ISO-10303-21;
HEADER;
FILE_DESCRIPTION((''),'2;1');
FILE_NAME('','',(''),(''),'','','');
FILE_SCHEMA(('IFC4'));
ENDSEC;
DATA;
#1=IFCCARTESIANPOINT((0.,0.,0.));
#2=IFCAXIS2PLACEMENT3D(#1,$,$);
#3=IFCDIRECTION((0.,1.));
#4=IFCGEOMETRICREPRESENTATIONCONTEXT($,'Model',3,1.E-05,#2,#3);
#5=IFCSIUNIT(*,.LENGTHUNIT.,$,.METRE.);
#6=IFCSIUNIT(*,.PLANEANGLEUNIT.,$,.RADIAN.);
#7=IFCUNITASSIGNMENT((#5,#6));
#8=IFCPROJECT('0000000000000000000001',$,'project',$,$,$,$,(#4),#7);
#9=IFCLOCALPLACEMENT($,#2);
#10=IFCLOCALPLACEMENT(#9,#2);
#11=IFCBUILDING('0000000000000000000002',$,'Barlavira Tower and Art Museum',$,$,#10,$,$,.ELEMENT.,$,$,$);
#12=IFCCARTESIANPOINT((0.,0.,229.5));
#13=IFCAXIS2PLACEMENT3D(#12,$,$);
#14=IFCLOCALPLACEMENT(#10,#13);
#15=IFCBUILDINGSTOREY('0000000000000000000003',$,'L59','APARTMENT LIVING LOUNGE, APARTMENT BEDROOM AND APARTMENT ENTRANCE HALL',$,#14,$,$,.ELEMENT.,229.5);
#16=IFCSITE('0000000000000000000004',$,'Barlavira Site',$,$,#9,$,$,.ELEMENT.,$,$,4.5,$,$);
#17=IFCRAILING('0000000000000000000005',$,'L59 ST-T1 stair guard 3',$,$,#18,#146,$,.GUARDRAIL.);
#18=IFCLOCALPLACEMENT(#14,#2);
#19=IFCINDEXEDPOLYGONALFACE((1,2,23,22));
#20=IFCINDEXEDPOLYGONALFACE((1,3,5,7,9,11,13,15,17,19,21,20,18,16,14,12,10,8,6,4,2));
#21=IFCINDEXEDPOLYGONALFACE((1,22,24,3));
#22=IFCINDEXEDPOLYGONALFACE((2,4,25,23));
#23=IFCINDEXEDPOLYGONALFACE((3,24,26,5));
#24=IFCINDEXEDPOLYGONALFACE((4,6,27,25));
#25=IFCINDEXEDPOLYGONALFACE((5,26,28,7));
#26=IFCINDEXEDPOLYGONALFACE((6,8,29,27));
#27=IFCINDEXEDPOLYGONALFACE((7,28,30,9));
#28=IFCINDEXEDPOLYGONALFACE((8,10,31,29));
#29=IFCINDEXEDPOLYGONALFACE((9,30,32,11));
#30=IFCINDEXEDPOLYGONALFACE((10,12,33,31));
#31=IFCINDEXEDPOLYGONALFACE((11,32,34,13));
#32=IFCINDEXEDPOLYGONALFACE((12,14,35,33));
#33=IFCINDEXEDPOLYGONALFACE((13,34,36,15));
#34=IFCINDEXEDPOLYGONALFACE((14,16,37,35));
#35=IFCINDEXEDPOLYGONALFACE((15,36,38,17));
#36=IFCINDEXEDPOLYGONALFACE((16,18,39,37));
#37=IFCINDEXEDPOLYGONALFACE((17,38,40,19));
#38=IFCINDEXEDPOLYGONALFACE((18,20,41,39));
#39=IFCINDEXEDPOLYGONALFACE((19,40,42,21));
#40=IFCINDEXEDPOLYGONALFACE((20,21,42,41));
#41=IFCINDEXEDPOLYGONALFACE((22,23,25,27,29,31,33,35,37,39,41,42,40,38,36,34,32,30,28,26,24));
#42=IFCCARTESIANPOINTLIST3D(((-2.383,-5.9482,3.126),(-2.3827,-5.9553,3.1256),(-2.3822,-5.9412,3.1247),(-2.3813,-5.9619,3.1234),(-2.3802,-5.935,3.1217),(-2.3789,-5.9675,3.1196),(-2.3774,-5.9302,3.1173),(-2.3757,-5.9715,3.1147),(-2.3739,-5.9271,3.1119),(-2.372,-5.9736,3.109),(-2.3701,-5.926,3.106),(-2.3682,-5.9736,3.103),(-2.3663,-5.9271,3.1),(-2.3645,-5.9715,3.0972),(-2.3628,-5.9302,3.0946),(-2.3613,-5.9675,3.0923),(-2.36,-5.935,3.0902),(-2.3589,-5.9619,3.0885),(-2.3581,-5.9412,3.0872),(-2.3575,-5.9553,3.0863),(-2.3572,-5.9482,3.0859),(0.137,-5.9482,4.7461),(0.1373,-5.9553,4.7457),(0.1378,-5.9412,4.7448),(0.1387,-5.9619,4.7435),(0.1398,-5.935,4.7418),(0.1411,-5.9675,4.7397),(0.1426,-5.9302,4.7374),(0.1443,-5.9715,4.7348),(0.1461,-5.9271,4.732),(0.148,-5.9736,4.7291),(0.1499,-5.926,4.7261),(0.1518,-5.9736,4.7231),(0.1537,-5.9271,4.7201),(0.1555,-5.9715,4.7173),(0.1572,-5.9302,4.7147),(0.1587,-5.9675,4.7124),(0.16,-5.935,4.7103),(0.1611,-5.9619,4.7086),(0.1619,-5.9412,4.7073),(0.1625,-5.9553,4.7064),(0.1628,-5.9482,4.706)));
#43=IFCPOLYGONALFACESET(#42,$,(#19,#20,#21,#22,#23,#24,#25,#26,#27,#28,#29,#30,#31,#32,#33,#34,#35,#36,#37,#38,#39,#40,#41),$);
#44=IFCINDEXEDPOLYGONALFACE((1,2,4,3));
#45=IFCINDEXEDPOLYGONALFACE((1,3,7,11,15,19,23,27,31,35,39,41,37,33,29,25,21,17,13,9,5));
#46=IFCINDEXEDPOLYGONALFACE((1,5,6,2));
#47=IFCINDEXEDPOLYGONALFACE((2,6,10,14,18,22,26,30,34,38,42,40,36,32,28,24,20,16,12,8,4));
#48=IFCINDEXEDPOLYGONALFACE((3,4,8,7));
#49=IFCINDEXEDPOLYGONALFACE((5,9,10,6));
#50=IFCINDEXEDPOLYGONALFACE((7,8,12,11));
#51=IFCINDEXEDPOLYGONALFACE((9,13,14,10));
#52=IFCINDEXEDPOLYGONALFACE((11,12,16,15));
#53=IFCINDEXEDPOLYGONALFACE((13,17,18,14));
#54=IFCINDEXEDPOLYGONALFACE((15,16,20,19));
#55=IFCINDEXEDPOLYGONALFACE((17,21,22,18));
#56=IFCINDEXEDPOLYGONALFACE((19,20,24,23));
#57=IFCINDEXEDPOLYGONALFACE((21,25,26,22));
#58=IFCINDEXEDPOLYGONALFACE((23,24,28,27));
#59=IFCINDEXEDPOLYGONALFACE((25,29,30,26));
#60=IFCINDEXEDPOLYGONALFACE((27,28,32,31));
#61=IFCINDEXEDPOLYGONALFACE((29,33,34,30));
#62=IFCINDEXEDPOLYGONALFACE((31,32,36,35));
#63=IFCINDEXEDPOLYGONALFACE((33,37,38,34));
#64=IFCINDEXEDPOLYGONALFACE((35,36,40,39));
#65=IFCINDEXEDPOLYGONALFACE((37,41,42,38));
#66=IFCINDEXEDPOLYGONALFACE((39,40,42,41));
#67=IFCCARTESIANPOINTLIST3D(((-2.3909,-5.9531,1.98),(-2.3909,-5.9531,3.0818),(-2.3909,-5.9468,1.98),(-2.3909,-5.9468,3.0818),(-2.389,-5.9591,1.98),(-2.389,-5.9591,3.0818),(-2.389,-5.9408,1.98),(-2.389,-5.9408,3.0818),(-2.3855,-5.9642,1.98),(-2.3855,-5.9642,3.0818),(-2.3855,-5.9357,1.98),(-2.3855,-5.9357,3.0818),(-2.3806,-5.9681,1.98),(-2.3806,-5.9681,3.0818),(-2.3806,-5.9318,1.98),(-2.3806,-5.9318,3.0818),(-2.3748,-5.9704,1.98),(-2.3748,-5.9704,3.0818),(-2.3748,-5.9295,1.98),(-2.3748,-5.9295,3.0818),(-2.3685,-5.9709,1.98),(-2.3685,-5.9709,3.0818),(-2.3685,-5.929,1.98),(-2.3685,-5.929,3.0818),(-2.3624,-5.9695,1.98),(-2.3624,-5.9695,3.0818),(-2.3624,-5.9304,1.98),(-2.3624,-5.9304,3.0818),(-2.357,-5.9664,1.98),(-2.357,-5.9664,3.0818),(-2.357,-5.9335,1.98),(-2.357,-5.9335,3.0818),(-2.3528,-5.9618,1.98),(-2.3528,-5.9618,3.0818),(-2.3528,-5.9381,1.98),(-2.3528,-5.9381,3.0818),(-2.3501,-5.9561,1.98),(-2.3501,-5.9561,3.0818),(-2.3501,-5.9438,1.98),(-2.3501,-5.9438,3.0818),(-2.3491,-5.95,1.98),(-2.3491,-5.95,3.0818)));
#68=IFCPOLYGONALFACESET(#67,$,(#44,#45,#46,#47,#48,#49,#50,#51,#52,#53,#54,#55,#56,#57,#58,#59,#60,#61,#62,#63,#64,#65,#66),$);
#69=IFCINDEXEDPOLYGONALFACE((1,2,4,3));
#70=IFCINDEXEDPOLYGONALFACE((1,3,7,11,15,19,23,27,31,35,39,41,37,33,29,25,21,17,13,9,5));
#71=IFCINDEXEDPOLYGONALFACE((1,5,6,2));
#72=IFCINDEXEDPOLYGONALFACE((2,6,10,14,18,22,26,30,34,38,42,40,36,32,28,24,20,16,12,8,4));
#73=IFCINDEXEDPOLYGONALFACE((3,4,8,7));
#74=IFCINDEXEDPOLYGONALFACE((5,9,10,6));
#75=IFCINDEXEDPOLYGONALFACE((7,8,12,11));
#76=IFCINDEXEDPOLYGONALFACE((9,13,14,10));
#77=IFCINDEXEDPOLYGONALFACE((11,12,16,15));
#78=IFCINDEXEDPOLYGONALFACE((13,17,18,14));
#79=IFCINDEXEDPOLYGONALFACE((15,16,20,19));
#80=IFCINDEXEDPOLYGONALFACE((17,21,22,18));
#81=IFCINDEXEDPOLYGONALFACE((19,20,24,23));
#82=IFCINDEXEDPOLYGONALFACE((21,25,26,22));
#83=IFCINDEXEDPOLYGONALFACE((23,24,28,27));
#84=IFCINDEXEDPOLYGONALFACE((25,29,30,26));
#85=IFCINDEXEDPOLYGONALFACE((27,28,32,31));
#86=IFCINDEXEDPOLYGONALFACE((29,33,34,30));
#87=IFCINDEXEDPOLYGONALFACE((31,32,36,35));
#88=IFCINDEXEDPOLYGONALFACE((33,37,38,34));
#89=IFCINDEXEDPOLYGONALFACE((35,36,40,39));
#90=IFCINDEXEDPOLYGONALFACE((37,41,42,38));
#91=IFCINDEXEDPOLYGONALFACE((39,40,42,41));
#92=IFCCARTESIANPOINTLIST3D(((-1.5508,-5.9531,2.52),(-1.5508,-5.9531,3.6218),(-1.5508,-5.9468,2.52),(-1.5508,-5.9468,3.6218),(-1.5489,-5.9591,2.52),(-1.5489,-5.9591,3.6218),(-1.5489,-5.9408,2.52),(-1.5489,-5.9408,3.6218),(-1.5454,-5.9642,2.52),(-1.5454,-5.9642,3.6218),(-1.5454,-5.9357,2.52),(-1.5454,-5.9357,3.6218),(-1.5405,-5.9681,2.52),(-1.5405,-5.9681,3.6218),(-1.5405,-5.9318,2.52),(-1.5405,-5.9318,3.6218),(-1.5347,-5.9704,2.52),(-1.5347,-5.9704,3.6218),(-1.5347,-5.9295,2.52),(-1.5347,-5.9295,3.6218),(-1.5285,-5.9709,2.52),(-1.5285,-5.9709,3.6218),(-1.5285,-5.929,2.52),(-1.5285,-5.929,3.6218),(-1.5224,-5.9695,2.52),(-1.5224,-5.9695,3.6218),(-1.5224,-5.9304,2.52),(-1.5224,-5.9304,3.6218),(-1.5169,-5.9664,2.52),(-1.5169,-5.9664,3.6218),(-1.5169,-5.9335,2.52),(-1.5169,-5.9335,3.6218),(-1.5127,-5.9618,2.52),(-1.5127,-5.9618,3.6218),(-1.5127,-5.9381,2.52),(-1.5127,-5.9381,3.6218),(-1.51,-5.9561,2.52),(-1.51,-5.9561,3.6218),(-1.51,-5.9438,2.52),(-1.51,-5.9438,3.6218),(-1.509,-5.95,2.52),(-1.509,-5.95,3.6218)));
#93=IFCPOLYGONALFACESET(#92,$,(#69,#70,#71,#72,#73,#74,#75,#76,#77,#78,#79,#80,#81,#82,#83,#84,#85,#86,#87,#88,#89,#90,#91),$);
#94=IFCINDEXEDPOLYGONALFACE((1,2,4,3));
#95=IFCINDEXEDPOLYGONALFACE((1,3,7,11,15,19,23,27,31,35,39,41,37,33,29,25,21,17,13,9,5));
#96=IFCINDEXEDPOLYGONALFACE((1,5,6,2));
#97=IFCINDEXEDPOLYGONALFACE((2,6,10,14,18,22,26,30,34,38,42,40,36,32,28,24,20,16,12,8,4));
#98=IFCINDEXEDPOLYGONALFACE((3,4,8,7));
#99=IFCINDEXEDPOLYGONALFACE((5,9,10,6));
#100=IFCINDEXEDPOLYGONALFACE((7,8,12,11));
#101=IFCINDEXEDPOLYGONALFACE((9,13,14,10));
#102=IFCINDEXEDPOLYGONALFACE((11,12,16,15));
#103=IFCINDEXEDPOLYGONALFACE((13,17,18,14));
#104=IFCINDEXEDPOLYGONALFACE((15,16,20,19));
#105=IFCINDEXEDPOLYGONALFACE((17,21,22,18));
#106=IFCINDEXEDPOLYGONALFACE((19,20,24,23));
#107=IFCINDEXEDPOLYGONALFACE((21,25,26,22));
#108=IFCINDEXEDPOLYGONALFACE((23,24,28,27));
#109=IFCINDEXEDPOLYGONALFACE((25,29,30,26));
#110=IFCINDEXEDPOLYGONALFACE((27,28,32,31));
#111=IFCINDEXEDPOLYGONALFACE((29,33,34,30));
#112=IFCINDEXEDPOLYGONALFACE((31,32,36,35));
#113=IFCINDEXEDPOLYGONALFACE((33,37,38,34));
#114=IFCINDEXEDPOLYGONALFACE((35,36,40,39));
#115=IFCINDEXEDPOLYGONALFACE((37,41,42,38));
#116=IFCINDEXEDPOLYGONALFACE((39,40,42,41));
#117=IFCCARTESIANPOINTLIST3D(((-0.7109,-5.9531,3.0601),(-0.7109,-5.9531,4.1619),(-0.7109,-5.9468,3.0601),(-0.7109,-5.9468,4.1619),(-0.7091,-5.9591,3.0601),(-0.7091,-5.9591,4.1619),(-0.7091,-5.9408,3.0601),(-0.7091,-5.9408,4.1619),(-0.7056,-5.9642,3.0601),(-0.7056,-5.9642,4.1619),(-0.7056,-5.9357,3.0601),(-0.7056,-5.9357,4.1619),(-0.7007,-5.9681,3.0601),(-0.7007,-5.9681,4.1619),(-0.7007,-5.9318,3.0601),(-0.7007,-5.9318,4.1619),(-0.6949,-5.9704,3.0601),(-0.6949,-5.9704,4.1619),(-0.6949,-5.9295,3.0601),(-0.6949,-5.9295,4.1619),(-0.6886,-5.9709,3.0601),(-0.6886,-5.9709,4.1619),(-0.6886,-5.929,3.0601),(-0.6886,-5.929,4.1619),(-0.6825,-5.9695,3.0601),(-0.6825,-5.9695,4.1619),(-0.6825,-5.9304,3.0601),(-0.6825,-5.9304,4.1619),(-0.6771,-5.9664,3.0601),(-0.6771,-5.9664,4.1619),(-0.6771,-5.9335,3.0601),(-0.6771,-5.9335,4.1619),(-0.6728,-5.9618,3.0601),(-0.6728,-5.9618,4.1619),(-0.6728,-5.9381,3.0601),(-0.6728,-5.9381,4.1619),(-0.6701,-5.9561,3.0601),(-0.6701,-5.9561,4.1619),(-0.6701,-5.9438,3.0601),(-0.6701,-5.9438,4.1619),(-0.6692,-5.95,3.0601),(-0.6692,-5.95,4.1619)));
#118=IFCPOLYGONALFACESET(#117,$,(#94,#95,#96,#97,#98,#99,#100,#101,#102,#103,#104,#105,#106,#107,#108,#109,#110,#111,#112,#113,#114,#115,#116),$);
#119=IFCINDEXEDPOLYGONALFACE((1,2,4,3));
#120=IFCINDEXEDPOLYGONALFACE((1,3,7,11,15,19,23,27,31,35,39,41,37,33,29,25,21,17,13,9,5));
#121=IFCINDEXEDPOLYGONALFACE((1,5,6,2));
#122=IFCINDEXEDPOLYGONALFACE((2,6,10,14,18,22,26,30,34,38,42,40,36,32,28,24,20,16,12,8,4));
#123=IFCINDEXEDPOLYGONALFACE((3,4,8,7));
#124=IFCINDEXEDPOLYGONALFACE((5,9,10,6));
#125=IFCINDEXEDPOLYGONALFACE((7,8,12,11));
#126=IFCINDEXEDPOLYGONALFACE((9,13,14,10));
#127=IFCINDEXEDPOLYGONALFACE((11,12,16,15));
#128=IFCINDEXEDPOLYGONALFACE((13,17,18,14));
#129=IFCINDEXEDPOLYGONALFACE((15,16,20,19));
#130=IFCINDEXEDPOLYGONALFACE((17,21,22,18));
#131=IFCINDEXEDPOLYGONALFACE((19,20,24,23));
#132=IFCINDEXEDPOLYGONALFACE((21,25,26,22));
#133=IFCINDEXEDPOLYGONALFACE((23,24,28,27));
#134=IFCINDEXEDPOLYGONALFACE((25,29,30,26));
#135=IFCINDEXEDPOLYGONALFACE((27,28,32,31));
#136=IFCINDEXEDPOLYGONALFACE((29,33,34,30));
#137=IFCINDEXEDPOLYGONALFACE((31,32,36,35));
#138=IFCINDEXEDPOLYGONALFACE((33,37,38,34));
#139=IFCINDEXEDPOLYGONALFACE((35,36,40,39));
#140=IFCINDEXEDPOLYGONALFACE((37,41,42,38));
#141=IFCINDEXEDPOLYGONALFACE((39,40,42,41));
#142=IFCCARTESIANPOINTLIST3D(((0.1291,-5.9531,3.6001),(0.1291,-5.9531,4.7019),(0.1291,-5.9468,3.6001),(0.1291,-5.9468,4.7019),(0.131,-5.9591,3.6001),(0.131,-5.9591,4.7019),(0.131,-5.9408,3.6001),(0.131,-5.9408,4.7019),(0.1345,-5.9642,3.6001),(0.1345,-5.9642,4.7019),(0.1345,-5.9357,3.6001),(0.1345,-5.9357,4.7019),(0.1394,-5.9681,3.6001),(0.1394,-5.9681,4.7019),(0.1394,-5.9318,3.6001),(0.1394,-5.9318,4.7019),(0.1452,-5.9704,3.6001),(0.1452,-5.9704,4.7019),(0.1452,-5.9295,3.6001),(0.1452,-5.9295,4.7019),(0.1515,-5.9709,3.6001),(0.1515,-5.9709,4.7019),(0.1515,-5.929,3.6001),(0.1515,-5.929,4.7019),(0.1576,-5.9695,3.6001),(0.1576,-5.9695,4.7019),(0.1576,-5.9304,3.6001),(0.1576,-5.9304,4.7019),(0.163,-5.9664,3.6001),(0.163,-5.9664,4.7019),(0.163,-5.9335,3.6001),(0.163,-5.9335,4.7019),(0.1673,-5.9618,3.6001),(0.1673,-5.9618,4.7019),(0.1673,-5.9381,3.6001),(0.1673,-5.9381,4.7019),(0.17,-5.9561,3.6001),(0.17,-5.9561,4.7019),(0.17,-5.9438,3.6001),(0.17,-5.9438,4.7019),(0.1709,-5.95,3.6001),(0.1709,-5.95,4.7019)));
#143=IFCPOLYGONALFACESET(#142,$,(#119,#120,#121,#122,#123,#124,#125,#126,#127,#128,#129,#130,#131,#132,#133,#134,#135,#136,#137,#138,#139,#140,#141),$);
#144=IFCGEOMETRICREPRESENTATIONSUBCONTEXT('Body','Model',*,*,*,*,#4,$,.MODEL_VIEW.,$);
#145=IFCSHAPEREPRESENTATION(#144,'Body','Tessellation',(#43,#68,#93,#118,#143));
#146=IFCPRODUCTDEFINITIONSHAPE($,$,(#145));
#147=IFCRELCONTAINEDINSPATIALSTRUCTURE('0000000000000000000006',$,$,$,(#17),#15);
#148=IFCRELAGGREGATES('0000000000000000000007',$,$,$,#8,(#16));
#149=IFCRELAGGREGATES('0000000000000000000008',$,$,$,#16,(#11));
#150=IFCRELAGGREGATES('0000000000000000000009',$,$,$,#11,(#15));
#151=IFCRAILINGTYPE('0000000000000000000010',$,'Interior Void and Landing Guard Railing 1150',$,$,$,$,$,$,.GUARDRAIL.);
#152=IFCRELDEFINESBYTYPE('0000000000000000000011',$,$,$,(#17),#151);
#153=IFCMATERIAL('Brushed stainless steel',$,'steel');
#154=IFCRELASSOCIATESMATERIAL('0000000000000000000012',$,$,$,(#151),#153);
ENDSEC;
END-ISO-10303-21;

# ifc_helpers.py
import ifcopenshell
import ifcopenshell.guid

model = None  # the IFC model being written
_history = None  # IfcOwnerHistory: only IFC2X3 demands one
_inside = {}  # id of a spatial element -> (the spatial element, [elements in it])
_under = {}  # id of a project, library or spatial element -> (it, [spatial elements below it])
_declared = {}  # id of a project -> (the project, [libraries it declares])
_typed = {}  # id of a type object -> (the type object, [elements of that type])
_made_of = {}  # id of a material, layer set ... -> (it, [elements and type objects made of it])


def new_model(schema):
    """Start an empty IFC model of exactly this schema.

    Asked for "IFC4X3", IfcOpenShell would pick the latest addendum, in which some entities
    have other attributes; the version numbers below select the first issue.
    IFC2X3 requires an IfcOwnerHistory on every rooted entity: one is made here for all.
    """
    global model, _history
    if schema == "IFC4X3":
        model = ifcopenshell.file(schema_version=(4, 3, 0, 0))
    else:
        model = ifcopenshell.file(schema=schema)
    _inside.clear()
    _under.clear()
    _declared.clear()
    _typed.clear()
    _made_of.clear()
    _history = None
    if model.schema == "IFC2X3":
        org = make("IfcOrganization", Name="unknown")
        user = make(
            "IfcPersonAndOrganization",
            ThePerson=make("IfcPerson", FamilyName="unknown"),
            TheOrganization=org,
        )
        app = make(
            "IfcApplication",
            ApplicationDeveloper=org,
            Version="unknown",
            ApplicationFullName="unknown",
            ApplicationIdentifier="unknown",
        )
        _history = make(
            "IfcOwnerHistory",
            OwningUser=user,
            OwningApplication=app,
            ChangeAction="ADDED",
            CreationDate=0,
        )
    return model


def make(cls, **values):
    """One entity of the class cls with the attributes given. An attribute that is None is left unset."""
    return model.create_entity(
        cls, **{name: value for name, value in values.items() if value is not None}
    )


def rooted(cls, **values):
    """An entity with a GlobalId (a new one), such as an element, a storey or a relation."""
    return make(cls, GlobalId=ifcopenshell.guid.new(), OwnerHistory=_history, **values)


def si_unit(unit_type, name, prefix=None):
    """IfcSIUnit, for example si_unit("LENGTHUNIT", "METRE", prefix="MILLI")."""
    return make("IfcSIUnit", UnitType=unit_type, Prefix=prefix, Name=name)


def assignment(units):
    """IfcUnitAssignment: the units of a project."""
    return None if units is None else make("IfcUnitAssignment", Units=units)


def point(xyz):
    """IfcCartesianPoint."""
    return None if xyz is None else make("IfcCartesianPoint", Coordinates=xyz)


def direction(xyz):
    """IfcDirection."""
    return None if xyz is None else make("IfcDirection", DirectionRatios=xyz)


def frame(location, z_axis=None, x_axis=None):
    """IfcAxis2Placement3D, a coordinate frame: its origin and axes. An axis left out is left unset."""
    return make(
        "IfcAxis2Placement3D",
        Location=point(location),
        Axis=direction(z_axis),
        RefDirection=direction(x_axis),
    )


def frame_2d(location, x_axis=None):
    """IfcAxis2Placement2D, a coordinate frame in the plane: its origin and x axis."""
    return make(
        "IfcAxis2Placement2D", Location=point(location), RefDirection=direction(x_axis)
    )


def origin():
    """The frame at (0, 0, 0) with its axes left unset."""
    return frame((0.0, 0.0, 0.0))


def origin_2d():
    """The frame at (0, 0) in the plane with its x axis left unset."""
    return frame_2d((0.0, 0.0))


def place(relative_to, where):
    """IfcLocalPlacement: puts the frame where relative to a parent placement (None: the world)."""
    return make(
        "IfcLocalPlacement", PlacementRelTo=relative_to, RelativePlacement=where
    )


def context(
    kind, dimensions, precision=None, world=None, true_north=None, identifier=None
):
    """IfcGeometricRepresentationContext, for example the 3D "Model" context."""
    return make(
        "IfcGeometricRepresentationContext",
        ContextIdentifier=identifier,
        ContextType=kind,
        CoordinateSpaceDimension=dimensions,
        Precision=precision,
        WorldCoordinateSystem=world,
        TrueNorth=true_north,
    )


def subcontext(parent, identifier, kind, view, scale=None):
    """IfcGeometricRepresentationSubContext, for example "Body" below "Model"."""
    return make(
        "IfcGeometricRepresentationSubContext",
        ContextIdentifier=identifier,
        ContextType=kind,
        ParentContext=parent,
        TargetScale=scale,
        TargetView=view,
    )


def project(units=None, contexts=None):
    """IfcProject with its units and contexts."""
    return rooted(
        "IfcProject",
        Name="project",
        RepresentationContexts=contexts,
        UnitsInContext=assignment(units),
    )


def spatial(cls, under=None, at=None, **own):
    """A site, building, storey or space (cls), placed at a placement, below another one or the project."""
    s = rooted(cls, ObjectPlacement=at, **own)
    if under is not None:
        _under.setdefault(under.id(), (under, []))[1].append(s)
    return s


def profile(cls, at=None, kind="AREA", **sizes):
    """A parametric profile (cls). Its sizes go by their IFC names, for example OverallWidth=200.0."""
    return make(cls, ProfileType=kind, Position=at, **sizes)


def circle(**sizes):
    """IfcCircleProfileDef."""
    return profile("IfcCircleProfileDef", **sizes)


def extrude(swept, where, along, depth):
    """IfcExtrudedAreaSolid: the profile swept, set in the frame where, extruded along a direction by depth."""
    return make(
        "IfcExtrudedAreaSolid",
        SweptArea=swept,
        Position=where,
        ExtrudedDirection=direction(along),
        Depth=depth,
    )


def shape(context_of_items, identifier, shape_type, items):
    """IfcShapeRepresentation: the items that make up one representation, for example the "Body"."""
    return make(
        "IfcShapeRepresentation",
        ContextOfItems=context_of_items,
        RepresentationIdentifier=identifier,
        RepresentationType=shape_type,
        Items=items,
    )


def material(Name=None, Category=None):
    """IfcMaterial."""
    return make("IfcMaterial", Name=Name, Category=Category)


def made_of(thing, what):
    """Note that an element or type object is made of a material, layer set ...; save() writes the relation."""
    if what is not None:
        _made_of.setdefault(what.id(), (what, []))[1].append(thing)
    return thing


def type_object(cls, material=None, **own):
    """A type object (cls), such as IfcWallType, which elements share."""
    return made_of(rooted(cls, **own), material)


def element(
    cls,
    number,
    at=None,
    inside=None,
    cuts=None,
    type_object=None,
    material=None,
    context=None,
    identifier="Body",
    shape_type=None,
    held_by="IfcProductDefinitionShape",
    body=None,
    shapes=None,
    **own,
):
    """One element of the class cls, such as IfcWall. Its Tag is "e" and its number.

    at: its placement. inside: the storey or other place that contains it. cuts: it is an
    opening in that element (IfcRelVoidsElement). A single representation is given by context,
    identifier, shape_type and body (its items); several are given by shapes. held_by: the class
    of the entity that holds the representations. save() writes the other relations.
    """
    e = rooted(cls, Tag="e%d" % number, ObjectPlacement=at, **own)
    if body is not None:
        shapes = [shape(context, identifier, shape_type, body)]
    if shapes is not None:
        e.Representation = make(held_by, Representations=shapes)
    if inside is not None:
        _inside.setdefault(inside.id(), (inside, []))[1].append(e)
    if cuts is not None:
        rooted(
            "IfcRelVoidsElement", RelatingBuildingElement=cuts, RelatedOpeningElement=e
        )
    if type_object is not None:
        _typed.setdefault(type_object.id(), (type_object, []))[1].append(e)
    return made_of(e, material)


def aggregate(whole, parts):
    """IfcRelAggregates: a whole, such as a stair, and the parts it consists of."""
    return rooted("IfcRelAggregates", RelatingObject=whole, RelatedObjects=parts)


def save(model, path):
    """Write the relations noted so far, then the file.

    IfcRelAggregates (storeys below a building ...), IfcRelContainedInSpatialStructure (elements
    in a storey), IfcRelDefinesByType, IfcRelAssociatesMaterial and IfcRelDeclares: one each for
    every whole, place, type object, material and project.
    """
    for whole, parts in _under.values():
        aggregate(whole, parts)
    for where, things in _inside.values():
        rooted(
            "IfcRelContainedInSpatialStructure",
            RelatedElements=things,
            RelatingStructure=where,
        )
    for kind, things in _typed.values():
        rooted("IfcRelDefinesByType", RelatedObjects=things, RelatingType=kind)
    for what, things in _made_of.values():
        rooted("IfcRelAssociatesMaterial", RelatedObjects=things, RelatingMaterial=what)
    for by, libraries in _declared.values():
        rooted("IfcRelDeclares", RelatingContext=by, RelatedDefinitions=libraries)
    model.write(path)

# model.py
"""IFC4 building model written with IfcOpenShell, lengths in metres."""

from ifc_helpers import new_model, si_unit, direction, frame, origin, origin_2d, place, context, subcontext, project, spatial, circle, extrude, material, type_object, element, save


model = new_model("IFC4")

# Units and contexts
model_context = context("Model", 3, precision=1e-05, world=origin(), true_north=direction((0.0, 1.0)))
body_context = subcontext(model_context, "Body", "Model", "MODEL_VIEW")
ifc_project = project(units=[si_unit("LENGTHUNIT", "METRE"), si_unit("PLANEANGLEUNIT", "RADIAN")], contexts=[model_context])

# Site, building, storey
site_placement = place(None, origin())
site = spatial("IfcSite", under=ifc_project, at=site_placement, Name="Barlavira Site", CompositionType="ELEMENT", RefElevation=4.5)
building_placement = place(site_placement, origin())
building = spatial("IfcBuilding", under=site, at=building_placement, Name="Barlavira Tower and Art Museum", CompositionType="ELEMENT")
storey_placement = place(building_placement, frame((0.0, 0.0, 229.5)))
storey = spatial("IfcBuildingStorey", under=building, at=storey_placement, Name="L59", Description="APARTMENT LIVING LOUNGE, APARTMENT BEDROOM AND APARTMENT ENTRANCE HALL", CompositionType="ELEMENT", Elevation=229.5)

# Shared definitions
ifc_material_1 = material(Name="Brushed stainless steel", Category="steel")

# Railing
railing_type_1 = type_object("IfcRailingType", Name="Interior Void and Landing Guard Railing 1150", PredefinedType="GUARDRAIL", material=ifc_material_1)
railing_1_placement = place(storey_placement, frame((-2.3701, -5.95, 1.98)))
element("IfcRailing", 1, at=railing_1_placement, inside=storey, type_object=railing_type_1, Name="L59 ST-T1 stair guard 3", PredefinedType="GUARDRAIL", context=body_context, shape_type="SweptSolid", body=[
    extrude(circle(Radius=0.0239, at=origin_2d()), frame((0.0, 0.0, 1.126), z_axis=(0.841163, 0.0, 0.540782), x_axis=(0.0, 1.0, 0.0)), (0.0, 0.0, 1.0), 2.9958),
    extrude(circle(Radius=0.021, at=origin_2d()), origin(), (0.0, 0.0, 1.0), 1.1018),
    extrude(circle(Radius=0.021, at=origin_2d()), frame((0.8401, 0.0, 0.54)), (0.0, 0.0, 1.0), 1.1018),
    extrude(circle(Radius=0.021, at=origin_2d()), frame((1.6799, 0.0, 1.0801)), (0.0, 0.0, 1.0), 1.1018),
    extrude(circle(Radius=0.021, at=origin_2d()), frame((2.52, 0.0, 1.6201)), (0.0, 0.0, 1.0), 1.1018),
])

save(model, "model.ifc")
